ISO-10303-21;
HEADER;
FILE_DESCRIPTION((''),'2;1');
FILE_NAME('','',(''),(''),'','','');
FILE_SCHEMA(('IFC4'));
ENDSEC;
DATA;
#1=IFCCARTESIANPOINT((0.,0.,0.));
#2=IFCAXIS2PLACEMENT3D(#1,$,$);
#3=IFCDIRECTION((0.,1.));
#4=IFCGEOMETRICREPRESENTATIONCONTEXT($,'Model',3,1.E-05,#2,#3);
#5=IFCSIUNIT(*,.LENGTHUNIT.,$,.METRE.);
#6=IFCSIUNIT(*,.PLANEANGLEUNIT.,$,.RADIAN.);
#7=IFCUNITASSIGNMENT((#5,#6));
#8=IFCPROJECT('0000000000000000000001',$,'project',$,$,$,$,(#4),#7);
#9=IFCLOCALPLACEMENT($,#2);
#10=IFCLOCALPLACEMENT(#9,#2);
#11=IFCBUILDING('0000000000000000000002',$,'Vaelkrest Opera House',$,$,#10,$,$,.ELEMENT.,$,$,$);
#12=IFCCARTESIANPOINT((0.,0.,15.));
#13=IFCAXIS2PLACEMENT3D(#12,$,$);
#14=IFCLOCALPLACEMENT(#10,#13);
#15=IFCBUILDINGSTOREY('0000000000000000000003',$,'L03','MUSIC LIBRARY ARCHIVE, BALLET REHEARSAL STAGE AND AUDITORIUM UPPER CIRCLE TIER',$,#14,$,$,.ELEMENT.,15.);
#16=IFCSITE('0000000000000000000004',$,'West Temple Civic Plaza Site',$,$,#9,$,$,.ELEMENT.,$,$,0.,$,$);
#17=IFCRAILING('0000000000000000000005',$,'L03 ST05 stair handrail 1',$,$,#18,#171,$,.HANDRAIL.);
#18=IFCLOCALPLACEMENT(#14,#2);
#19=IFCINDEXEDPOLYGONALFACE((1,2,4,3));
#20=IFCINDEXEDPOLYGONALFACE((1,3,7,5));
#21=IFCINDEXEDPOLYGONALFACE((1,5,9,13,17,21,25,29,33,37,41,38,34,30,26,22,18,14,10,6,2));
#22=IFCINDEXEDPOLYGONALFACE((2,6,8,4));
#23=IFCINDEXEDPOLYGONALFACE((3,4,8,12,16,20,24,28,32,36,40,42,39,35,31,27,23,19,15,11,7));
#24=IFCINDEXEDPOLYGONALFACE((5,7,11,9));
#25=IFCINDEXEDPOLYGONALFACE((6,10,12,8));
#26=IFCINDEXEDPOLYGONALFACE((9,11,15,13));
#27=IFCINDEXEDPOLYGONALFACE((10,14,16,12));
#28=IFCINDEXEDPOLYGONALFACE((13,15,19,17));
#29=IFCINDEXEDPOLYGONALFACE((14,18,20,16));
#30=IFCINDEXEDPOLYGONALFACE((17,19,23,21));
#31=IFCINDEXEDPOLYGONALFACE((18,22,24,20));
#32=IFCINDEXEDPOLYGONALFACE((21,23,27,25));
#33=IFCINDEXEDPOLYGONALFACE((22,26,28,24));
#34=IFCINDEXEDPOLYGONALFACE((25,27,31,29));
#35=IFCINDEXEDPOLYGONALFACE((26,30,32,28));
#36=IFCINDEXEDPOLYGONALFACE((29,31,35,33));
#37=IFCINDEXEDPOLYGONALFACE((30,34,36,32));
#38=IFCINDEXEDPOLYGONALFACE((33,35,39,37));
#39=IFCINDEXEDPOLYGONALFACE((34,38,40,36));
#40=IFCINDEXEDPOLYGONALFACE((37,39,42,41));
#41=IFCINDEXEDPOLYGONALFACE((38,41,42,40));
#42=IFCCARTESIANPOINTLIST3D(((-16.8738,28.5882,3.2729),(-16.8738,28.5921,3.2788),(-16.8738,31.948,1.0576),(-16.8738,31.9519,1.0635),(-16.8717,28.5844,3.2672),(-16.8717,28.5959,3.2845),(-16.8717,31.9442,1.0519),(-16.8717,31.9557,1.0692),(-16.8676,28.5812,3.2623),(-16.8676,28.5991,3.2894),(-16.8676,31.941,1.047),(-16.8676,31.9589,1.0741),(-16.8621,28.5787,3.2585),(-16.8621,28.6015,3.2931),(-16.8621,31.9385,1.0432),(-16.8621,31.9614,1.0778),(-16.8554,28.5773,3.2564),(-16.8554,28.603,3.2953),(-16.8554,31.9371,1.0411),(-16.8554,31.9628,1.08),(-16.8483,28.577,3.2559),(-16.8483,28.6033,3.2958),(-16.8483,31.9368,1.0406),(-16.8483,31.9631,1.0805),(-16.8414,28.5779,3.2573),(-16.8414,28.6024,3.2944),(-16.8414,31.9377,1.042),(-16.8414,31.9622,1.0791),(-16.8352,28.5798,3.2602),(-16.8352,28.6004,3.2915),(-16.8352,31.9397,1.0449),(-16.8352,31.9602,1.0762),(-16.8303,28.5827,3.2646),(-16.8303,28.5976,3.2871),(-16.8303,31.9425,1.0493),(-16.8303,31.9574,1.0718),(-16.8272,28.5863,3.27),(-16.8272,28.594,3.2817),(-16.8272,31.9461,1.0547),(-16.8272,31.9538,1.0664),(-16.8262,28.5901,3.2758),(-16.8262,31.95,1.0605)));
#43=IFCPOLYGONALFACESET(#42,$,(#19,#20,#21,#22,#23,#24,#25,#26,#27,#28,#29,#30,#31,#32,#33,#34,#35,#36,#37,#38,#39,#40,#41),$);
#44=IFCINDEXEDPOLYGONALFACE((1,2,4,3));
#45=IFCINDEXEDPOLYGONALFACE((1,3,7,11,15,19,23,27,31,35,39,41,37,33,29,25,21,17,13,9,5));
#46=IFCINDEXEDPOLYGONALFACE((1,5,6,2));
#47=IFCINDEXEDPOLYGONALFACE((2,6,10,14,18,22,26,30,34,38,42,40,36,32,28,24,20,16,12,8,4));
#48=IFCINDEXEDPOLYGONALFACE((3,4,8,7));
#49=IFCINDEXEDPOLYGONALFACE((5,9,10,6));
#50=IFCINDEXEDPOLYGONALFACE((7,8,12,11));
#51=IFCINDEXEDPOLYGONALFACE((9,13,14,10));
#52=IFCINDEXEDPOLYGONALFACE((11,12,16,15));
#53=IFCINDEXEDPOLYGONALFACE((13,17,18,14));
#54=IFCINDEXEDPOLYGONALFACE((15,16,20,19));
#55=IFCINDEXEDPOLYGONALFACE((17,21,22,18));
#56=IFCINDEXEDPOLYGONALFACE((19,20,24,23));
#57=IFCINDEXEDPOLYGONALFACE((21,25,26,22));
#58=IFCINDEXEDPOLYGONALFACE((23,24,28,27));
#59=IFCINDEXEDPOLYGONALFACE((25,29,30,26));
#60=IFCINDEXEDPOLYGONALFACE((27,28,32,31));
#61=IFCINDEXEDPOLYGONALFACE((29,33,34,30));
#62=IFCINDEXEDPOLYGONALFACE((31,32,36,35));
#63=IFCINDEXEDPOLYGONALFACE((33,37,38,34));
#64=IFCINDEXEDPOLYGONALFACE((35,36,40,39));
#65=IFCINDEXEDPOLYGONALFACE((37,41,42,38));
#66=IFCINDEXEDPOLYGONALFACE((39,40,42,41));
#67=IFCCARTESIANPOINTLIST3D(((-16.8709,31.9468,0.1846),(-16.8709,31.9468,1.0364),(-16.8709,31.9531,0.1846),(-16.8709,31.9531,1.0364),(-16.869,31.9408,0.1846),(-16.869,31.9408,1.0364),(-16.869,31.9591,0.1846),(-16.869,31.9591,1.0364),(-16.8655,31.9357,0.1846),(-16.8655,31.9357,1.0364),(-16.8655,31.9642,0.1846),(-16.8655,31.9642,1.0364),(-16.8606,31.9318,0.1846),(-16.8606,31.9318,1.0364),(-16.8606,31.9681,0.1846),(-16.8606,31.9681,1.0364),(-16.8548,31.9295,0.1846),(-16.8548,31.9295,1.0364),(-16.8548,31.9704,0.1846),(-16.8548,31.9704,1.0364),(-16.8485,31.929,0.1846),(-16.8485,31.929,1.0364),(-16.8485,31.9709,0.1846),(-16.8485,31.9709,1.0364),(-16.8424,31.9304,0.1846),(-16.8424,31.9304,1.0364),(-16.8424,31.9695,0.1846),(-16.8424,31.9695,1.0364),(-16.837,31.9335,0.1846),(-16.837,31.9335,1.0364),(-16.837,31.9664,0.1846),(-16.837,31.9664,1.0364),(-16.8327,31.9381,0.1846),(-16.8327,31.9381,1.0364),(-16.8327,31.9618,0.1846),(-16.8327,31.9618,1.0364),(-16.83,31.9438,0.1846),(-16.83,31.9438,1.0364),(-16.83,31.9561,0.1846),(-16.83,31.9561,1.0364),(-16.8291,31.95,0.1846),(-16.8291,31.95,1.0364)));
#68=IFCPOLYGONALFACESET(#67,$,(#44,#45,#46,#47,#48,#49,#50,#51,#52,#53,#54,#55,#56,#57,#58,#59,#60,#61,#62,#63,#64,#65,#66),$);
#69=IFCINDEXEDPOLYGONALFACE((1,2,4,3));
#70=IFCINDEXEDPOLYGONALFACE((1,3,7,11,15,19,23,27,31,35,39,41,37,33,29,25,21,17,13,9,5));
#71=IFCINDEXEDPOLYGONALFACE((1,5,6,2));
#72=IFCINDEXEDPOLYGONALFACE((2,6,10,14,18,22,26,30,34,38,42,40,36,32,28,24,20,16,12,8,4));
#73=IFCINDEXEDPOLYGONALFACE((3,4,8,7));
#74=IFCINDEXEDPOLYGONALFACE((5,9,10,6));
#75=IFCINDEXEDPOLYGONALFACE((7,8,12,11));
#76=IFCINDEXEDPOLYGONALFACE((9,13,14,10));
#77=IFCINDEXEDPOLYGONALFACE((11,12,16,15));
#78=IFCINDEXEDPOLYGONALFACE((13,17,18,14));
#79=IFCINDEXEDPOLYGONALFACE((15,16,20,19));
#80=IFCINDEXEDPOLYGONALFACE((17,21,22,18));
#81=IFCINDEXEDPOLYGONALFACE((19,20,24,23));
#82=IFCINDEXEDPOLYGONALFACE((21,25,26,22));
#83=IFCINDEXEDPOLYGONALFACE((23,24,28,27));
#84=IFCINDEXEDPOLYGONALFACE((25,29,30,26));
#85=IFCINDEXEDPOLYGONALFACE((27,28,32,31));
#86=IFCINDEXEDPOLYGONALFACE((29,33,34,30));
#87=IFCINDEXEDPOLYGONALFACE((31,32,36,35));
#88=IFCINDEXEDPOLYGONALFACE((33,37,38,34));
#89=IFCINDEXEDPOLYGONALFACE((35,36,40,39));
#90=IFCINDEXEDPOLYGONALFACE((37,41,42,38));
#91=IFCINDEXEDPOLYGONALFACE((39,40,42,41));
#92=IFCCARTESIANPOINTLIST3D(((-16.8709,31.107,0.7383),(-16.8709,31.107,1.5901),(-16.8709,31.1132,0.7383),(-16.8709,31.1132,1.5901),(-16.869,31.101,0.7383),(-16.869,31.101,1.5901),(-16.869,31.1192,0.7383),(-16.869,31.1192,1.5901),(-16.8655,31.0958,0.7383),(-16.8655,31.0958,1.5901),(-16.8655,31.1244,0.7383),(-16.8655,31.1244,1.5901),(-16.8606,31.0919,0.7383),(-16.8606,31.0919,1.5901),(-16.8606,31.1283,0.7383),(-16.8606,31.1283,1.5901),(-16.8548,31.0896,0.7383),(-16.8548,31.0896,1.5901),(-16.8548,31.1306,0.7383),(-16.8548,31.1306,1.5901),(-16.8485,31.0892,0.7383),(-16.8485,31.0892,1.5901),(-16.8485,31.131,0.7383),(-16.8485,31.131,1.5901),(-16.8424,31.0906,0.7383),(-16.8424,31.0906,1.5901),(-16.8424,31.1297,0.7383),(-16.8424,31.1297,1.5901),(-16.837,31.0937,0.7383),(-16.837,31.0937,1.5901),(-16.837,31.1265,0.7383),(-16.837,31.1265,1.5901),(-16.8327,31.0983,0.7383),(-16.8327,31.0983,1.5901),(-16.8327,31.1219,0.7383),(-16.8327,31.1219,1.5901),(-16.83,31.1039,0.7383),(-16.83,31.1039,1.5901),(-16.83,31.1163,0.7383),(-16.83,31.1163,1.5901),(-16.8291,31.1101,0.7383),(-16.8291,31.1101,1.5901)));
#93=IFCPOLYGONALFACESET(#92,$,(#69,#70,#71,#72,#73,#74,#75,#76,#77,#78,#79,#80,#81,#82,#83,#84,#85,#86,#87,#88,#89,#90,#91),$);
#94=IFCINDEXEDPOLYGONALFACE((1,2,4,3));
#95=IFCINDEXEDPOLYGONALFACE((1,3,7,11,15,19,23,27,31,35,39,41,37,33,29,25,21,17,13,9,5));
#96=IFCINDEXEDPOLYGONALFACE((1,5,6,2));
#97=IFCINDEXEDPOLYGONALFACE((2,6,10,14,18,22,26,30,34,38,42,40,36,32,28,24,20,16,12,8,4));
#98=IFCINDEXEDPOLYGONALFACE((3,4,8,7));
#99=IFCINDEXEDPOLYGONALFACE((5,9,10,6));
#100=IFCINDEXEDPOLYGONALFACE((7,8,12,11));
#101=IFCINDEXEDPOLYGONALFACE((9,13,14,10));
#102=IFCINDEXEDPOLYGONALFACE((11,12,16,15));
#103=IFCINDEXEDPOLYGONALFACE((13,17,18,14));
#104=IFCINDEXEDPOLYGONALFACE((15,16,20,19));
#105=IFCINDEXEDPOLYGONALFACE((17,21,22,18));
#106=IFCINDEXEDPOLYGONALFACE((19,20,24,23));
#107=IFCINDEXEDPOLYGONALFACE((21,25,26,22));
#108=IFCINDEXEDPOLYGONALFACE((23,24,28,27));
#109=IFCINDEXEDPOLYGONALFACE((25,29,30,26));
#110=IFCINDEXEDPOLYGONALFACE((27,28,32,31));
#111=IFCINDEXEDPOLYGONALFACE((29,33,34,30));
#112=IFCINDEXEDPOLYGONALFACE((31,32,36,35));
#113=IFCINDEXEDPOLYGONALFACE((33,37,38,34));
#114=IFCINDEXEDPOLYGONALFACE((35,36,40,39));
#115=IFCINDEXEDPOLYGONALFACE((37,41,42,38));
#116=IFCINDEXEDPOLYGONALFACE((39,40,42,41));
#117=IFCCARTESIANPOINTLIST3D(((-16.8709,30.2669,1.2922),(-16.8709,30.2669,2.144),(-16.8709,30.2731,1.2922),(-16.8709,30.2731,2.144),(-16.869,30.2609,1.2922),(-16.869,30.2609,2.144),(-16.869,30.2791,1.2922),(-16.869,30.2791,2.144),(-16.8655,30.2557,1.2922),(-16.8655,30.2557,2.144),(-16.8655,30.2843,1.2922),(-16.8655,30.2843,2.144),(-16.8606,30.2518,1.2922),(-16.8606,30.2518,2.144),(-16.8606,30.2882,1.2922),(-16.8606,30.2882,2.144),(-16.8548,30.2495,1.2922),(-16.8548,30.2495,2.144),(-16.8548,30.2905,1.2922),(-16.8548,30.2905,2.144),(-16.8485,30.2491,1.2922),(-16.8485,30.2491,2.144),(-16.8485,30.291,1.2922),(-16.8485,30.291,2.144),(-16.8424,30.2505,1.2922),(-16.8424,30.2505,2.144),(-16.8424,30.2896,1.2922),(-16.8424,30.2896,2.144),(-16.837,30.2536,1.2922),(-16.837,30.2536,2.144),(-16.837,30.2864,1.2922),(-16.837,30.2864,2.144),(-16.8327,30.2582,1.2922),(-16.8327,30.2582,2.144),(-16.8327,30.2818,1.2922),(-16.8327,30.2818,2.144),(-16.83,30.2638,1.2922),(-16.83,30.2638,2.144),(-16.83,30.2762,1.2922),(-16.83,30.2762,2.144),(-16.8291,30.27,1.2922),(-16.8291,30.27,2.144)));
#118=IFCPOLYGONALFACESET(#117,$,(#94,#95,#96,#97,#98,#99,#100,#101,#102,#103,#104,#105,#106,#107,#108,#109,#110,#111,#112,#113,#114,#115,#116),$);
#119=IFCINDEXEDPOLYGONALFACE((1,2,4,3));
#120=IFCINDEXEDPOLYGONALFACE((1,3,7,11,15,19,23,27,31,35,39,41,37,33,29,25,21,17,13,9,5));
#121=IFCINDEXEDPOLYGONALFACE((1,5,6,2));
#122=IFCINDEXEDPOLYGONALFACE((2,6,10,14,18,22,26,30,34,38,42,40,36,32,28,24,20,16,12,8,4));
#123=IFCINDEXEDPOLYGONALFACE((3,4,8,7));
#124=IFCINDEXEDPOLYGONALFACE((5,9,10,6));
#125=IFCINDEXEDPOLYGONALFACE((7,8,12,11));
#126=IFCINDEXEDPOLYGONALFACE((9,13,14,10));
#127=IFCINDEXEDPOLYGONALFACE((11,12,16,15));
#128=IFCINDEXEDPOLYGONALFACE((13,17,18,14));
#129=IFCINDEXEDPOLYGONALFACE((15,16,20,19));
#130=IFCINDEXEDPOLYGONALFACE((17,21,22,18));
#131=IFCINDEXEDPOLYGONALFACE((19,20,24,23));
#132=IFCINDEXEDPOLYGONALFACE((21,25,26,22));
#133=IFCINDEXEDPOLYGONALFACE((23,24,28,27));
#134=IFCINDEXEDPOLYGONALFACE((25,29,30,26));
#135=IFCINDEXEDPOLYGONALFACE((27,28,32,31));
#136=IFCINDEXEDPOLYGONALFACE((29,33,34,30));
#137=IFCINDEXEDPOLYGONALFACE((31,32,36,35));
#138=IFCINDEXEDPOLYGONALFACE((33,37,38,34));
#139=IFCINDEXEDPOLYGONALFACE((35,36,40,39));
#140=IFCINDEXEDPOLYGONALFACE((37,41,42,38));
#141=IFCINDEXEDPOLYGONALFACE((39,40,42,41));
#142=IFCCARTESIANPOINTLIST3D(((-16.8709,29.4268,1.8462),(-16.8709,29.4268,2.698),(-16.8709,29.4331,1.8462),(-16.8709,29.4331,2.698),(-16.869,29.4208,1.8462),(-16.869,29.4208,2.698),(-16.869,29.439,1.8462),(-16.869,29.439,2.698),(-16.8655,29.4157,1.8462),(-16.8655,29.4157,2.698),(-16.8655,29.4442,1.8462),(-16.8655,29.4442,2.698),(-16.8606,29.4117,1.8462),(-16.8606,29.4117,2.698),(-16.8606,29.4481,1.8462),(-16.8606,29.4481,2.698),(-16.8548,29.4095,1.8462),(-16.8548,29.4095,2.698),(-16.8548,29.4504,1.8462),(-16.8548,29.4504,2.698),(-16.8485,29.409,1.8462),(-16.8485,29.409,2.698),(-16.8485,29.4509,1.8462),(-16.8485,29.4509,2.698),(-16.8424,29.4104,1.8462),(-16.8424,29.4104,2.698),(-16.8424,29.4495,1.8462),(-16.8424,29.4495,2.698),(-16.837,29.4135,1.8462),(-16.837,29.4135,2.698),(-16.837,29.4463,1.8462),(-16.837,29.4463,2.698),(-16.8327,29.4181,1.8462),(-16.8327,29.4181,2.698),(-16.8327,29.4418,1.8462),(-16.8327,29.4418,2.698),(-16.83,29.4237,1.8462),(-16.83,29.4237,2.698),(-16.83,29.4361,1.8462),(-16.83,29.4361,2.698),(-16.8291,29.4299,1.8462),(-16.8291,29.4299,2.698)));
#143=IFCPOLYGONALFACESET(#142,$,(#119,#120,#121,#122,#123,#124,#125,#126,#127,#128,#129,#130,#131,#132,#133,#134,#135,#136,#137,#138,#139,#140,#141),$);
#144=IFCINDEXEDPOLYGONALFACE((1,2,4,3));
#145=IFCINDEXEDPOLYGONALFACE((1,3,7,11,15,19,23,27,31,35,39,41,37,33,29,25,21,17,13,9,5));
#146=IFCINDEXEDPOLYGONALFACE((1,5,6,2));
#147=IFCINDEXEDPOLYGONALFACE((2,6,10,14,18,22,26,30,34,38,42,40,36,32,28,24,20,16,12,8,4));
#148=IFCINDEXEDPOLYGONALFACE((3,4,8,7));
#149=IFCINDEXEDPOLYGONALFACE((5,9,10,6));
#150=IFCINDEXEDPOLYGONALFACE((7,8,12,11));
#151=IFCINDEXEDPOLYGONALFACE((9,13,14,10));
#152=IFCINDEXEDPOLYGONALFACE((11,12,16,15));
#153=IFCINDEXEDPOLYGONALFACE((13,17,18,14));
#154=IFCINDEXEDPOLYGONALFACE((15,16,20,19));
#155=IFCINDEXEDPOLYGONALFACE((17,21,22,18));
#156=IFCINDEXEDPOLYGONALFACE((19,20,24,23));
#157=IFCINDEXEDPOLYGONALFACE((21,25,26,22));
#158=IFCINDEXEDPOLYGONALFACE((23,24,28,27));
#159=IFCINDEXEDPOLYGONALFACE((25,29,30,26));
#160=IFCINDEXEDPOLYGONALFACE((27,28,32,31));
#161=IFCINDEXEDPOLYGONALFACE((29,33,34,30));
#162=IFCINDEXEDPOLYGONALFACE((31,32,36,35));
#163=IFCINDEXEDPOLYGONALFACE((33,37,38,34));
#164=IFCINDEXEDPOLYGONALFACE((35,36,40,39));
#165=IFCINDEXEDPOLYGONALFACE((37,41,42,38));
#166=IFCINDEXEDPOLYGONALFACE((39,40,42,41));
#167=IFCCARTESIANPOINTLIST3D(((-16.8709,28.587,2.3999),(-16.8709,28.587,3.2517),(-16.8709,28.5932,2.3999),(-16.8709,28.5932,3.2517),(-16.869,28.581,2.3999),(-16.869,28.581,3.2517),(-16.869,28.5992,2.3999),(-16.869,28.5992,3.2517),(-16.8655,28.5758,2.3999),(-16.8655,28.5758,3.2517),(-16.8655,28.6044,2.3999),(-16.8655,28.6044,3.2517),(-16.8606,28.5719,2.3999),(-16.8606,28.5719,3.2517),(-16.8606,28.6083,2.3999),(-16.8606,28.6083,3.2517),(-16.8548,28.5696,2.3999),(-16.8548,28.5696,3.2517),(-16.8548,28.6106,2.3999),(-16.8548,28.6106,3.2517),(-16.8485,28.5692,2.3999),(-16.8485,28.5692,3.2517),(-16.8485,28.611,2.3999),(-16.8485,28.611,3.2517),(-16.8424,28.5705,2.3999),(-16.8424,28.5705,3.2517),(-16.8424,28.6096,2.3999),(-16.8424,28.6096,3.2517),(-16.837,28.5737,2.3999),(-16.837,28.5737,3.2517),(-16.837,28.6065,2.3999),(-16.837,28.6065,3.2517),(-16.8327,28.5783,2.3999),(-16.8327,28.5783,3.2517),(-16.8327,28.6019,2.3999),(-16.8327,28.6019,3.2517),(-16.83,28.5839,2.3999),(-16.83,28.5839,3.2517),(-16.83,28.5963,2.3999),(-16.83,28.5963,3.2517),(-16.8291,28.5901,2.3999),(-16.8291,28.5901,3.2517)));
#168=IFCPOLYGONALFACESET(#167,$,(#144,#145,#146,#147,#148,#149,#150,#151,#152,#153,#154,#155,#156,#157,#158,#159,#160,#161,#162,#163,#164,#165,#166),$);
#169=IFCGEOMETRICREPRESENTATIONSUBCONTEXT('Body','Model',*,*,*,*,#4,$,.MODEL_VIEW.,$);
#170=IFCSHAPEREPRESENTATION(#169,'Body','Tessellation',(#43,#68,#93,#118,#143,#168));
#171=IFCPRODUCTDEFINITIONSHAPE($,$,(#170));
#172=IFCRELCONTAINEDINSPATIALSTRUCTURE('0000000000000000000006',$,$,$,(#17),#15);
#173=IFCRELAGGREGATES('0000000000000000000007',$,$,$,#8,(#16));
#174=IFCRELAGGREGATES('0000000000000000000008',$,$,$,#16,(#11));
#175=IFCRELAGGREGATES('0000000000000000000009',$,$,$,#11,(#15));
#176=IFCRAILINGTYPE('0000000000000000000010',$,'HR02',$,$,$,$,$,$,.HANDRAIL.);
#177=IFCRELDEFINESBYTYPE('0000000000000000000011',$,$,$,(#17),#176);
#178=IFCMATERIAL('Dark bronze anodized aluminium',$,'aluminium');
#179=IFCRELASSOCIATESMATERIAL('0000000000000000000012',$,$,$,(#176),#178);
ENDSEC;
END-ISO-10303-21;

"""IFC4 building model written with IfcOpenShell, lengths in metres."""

from ifc_helpers import new_model, si_unit, direction, frame, origin, origin_2d, place, context, subcontext, project, spatial, circle, extrude, material, type_object, element, save


model = new_model("IFC4")

# Units and contexts
model_context = context("Model", 3, precision=1e-05, world=origin(), true_north=direction((0.0, 1.0)))
body_context = subcontext(model_context, "Body", "Model", "MODEL_VIEW")
ifc_project = project(units=[si_unit("LENGTHUNIT", "METRE"), si_unit("PLANEANGLEUNIT", "RADIAN")], contexts=[model_context])

# Site, building, storey
site_placement = place(None, origin())
site = spatial("IfcSite", under=ifc_project, at=site_placement, Name="West Temple Civic Plaza Site", CompositionType="ELEMENT", RefElevation=0.0)
building_placement = place(site_placement, origin())
building = spatial("IfcBuilding", under=site, at=building_placement, Name="Vaelkrest Opera House", CompositionType="ELEMENT")
storey_placement = place(building_placement, frame((0.0, 0.0, 15.0)))
storey = spatial("IfcBuildingStorey", under=building, at=storey_placement, Name="L03", Description="MUSIC LIBRARY ARCHIVE, BALLET REHEARSAL STAGE AND AUDITORIUM UPPER CIRCLE TIER", CompositionType="ELEMENT", Elevation=15.0)

# Railing
ifc_material_1 = material(Name="Dark bronze anodized aluminium", Category="aluminium")
railing_type_1 = type_object("IfcRailingType", Name="HR02", PredefinedType="HANDRAIL", material=ifc_material_1)
railing_1_placement = place(storey_placement, frame((-16.8501, 31.95, 0.1846)))
element("IfcRailing", 1, at=railing_1_placement, inside=storey, type_object=railing_type_1, Name="L03 ST05 stair handrail 1", PredefinedType="HANDRAIL", context=body_context, shape_type="SweptSolid", body=[
    extrude(circle(Radius=0.0239, at=origin_2d()), frame((0.0, 0.0, 0.876), z_axis=(0.0, -0.834858, 0.550465), x_axis=(1.0, 0.0, 0.0)), (0.0, 0.0, 1.0), 4.0244),
    extrude(circle(Radius=0.021, at=origin_2d()), origin(), (0.0, 0.0, 1.0), 0.8518),
    extrude(circle(Radius=0.021, at=origin_2d()), frame((0.0, -0.8398, 0.5537)), (0.0, 0.0, 1.0), 0.8518),
    extrude(circle(Radius=0.021, at=origin_2d()), frame((0.0, -1.6799, 1.1077)), (0.0, 0.0, 1.0), 0.8518),
    extrude(circle(Radius=0.021, at=origin_2d()), frame((0.0, -2.52, 1.6616)), (0.0, 0.0, 1.0), 0.8518),
    extrude(circle(Radius=0.021, at=origin_2d()), frame((0.0, -3.3599, 2.2153)), (0.0, 0.0, 1.0), 0.8518),
])

save(model, "model.ifc")
